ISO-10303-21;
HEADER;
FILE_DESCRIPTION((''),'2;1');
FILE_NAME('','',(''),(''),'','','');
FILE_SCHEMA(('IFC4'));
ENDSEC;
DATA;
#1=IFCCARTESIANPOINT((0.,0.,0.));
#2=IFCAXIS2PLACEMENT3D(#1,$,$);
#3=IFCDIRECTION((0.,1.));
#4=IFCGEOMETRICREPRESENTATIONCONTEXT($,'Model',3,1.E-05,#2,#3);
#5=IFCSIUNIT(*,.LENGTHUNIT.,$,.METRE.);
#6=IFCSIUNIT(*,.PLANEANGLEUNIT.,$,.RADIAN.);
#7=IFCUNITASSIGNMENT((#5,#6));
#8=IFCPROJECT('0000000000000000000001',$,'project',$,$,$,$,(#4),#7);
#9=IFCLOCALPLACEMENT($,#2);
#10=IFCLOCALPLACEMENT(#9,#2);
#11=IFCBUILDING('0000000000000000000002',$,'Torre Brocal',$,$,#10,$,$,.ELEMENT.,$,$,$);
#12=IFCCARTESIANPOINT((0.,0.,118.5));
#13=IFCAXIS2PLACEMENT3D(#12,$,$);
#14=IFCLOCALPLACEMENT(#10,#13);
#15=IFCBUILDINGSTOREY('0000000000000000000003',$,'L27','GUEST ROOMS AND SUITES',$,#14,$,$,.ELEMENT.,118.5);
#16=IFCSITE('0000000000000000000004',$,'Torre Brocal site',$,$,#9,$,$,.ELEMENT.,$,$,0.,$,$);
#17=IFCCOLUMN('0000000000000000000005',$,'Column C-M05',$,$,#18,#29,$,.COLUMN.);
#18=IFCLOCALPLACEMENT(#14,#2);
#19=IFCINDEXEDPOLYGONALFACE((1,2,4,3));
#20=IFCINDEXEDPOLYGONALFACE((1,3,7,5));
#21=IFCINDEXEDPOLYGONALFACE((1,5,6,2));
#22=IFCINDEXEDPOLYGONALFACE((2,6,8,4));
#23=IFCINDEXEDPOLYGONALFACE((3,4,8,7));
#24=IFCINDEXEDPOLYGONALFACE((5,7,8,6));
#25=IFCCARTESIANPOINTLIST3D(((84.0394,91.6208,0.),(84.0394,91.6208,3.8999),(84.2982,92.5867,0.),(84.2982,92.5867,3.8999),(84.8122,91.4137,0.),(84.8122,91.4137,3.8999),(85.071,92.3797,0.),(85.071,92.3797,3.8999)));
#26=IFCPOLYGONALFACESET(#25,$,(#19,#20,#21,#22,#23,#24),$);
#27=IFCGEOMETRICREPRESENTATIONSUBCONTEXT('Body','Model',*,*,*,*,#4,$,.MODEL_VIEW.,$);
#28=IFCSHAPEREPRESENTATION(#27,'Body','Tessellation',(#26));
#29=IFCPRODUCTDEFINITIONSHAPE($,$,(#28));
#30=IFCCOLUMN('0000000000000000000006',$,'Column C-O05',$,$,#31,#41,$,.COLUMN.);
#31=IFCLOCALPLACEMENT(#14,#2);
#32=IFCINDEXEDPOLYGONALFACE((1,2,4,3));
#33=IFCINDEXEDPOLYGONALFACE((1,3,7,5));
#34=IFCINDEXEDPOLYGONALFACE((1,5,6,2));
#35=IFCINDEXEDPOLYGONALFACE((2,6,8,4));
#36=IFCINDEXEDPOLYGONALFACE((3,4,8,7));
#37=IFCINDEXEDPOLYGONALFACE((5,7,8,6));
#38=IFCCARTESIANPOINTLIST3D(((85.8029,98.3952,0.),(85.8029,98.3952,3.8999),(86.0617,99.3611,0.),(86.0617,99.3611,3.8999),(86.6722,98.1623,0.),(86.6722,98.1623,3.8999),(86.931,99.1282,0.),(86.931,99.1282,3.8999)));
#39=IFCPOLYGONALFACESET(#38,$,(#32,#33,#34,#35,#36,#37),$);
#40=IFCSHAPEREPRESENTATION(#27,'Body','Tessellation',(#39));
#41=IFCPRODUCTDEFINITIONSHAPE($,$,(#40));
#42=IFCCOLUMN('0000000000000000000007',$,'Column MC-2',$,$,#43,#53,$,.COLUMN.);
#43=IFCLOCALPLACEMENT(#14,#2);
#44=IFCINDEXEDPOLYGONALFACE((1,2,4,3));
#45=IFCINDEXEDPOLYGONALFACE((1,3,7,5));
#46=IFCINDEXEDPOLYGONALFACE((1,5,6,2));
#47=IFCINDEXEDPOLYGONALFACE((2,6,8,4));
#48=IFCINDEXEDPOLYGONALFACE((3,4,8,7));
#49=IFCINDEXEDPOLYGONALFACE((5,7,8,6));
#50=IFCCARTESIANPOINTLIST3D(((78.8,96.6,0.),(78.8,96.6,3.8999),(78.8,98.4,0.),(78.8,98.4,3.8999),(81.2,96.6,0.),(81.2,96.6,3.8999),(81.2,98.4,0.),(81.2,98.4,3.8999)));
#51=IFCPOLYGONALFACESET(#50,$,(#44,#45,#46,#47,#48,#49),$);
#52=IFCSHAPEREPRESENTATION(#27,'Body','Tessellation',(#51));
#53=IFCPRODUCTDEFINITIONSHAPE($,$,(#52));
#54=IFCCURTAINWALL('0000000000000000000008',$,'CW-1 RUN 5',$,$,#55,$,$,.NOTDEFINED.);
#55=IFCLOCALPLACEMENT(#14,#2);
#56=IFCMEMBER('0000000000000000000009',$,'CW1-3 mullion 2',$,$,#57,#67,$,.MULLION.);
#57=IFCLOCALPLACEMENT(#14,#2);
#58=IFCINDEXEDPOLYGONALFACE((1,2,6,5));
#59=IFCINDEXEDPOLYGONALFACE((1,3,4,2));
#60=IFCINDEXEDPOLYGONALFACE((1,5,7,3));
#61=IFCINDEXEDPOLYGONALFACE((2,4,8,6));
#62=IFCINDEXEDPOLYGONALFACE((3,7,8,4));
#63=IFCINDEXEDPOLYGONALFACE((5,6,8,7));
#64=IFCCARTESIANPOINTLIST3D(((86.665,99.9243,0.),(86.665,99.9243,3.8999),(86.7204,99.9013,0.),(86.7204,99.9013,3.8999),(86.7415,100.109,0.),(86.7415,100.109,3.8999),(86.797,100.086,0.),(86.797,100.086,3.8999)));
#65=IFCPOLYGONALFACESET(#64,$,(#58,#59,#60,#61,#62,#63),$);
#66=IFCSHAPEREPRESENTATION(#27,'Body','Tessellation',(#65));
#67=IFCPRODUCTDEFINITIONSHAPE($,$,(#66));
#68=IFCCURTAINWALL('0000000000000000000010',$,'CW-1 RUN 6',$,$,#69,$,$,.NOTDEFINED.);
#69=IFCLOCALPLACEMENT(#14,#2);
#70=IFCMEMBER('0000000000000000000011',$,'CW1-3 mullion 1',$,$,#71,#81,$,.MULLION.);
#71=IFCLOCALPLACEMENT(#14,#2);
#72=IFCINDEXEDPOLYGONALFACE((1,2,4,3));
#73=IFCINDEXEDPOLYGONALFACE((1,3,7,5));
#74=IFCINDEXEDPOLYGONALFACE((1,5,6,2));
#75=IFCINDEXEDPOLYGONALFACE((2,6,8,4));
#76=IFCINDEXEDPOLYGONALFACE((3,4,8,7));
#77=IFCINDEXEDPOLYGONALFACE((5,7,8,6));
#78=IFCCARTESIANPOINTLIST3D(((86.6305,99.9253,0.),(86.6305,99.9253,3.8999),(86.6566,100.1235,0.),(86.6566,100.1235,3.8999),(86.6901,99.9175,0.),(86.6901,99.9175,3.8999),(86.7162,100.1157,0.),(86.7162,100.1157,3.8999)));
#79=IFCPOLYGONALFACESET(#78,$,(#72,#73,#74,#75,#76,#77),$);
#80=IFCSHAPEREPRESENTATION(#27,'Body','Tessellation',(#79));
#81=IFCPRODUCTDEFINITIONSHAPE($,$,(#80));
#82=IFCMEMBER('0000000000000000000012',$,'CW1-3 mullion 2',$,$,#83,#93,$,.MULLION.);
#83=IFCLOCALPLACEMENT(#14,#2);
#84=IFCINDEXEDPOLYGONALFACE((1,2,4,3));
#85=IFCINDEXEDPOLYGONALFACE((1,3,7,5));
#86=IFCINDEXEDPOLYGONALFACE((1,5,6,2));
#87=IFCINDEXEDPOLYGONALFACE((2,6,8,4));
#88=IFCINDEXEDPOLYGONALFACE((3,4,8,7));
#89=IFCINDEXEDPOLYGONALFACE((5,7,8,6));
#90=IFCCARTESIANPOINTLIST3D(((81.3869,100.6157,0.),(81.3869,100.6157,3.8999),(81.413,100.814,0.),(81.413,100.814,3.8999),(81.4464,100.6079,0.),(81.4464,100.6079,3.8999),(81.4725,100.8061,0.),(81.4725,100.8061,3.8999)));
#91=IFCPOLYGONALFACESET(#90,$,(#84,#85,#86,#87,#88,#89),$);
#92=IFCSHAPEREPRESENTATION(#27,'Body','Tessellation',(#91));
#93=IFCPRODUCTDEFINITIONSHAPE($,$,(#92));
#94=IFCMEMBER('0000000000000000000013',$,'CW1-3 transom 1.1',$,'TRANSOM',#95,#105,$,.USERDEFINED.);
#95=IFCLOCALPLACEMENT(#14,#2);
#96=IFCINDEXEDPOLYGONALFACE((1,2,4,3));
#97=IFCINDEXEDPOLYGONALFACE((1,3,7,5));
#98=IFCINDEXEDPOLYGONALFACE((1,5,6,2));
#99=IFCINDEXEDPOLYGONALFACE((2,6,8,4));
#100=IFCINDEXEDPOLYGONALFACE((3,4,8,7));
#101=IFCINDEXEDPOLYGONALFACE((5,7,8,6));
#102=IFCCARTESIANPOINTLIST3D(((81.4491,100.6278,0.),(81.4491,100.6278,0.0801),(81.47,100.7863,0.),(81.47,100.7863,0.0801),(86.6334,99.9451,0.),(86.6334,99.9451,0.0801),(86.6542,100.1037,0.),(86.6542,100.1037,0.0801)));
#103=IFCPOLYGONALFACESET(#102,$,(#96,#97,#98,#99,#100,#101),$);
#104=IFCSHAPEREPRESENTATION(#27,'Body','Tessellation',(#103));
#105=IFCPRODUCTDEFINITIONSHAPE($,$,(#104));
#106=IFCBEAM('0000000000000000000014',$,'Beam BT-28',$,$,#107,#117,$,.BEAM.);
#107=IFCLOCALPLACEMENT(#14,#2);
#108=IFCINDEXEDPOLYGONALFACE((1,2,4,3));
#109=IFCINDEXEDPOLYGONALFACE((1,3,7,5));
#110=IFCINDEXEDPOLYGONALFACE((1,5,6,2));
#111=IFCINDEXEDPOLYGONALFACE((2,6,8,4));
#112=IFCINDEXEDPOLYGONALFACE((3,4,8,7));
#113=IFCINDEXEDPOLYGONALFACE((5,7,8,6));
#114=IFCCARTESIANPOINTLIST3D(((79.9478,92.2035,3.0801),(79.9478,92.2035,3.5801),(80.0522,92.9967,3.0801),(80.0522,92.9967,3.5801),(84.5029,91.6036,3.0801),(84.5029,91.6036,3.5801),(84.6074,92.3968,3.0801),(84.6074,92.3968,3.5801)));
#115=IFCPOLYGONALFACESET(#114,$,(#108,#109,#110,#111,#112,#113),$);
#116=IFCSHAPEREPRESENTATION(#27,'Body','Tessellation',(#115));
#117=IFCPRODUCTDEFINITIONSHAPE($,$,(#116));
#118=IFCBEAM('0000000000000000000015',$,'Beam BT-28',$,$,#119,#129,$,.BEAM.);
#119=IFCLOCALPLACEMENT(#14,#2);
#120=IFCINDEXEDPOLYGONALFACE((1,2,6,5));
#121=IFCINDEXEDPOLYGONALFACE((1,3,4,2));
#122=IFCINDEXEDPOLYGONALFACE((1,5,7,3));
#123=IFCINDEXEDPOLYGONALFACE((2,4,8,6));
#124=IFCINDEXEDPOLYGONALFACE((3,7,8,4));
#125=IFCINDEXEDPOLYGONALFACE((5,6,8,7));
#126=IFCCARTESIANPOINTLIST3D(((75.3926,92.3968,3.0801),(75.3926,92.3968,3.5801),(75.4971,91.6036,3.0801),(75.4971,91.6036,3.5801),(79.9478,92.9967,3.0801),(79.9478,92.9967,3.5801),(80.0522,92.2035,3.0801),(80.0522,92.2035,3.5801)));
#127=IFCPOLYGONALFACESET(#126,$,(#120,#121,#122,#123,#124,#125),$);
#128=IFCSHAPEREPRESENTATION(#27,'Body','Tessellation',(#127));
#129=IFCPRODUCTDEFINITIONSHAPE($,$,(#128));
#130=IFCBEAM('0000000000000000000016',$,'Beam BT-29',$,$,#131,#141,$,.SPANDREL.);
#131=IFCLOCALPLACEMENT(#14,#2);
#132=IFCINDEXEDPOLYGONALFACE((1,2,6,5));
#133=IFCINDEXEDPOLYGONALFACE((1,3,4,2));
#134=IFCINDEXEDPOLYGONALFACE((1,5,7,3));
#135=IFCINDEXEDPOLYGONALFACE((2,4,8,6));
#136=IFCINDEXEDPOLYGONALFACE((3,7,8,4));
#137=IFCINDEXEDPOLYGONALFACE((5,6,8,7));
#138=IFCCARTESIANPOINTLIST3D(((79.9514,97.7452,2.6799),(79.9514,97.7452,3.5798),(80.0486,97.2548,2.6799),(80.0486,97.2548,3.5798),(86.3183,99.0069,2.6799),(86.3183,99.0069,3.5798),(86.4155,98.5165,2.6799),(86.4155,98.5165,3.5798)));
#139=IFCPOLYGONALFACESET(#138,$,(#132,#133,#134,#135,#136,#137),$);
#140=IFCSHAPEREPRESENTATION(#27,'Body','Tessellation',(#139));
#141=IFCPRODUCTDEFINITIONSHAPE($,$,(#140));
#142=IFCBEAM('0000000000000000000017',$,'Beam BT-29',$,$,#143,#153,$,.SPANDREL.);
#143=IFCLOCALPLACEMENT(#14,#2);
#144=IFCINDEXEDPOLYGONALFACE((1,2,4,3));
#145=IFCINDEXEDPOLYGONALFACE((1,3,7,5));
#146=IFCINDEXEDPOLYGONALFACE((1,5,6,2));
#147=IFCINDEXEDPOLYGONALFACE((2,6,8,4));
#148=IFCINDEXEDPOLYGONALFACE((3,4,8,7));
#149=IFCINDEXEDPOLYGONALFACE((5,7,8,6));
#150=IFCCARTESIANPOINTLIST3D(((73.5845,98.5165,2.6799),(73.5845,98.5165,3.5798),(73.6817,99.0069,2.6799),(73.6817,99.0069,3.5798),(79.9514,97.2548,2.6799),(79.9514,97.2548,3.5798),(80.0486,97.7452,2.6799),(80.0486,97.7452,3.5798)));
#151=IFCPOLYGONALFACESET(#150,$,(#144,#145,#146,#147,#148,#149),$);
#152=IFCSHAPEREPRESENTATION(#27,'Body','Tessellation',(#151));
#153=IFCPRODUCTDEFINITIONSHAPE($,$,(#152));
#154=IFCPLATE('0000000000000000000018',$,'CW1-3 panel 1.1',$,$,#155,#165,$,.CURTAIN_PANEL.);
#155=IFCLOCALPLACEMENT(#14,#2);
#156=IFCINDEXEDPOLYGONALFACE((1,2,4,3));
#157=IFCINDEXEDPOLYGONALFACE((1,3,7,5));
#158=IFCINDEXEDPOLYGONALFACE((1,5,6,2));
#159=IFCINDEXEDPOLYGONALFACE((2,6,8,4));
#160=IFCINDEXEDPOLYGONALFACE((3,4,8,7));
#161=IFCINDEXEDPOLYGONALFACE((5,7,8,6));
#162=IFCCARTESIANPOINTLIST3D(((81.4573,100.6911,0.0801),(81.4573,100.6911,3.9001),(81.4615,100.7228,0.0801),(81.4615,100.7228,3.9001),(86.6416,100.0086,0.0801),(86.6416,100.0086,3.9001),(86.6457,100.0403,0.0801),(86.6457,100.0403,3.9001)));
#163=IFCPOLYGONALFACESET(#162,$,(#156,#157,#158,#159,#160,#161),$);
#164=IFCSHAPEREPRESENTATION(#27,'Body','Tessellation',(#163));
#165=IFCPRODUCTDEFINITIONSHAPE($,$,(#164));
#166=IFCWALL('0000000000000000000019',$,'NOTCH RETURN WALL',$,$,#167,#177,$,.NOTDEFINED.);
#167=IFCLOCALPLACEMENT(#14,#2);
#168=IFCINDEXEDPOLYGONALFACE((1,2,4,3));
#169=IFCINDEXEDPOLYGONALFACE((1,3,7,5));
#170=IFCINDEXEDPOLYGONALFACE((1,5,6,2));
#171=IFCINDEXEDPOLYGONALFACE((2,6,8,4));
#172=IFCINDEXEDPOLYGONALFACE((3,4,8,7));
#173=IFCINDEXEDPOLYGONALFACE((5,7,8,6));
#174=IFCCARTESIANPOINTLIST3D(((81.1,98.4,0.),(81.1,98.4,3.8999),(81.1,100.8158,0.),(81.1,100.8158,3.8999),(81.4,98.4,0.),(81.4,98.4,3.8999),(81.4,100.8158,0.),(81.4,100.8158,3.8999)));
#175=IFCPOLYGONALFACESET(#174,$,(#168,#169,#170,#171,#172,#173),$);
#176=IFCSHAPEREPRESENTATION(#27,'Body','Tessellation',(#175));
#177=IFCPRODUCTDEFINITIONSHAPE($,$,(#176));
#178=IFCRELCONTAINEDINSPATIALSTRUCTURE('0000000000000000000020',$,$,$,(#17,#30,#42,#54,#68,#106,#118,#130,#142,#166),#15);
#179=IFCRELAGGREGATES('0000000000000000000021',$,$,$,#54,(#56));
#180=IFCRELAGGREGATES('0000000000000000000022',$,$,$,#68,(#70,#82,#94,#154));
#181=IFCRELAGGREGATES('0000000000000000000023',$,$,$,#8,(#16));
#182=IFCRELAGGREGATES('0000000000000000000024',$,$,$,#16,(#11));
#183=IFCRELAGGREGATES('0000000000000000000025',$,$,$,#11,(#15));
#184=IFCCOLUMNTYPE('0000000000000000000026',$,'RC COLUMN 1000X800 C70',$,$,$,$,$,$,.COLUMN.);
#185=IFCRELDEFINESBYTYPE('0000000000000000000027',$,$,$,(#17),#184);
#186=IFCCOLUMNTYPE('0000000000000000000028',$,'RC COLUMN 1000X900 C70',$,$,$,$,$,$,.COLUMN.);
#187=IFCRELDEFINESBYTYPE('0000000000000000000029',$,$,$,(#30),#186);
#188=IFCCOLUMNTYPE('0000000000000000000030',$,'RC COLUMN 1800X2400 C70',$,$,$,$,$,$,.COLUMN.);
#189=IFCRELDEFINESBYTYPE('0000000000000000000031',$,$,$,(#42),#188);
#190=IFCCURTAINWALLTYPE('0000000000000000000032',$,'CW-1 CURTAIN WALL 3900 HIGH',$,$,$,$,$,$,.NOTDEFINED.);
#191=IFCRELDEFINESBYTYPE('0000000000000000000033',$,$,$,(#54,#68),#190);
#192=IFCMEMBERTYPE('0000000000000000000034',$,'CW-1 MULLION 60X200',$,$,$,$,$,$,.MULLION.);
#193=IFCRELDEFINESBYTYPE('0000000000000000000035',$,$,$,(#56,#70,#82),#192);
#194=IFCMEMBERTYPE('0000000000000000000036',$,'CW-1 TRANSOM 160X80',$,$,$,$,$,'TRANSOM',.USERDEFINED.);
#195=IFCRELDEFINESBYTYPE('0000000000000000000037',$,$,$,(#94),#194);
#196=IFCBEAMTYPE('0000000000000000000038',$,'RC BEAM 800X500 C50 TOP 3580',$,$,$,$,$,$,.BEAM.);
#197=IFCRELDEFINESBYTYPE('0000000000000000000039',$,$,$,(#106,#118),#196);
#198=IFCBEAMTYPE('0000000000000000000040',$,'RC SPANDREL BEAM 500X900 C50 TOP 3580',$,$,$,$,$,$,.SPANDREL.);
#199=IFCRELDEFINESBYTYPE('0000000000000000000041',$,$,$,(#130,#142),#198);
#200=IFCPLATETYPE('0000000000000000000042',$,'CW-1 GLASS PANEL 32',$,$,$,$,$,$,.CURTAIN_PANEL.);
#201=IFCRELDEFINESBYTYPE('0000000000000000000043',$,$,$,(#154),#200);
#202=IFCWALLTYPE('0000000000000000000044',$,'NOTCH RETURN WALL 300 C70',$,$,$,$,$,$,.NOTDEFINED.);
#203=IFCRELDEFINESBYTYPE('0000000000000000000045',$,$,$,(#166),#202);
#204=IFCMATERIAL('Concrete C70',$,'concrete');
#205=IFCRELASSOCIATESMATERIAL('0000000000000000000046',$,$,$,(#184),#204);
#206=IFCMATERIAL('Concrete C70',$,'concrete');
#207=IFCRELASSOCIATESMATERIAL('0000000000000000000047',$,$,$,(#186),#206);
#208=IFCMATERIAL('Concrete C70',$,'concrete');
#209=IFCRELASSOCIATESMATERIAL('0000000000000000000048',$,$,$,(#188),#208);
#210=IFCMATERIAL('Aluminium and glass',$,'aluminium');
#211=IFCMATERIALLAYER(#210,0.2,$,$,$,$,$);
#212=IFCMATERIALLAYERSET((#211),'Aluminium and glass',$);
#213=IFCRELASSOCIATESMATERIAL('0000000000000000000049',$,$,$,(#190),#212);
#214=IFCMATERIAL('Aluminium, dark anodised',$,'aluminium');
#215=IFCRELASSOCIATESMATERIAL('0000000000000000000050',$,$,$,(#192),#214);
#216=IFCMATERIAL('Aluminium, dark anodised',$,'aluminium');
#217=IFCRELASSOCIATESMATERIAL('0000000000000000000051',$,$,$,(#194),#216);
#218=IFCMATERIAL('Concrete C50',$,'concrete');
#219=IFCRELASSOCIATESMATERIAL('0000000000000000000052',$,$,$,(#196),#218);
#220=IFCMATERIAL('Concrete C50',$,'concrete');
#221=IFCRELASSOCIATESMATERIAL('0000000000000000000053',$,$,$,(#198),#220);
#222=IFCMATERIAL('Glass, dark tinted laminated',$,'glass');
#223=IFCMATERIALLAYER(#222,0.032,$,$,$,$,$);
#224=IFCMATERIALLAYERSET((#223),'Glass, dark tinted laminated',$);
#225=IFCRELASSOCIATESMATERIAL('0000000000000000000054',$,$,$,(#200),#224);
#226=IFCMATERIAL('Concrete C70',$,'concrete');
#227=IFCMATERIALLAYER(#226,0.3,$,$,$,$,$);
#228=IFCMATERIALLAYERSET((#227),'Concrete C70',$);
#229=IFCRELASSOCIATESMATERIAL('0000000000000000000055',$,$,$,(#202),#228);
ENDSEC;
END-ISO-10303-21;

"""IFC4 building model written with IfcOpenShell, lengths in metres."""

from ifc_helpers import new_model, si_unit, direction, frame, frame_2d, origin, origin_2d, place, context, subcontext, project, spatial, rectangle, extrude, material, layer, layer_set, material_profile, profile_set, type_object, element, aggregate, save


model = new_model("IFC4")

# Units and contexts
model_context = context("Model", 3, precision=1e-05, world=origin(), true_north=direction((0.0, 1.0)))
body_context = subcontext(model_context, "Body", "Model", "MODEL_VIEW")
ifc_project = project(units=[si_unit("LENGTHUNIT", "METRE"), si_unit("PLANEANGLEUNIT", "RADIAN")], contexts=[model_context])

# Site, building, storey
site_placement = place(None, origin())
site = spatial("IfcSite", under=ifc_project, at=site_placement, Name="Torre Brocal site", CompositionType="ELEMENT", RefElevation=0.0)
building_placement = place(site_placement, origin())
building = spatial("IfcBuilding", under=site, at=building_placement, Name="Torre Brocal", CompositionType="ELEMENT")
storey_placement = place(building_placement, frame((0.0, 0.0, 118.5)))
storey = spatial("IfcBuildingStorey", under=building, at=storey_placement, Name="L27", Description="GUEST ROOMS AND SUITES", CompositionType="ELEMENT", Elevation=118.5)

# Columns
ifc_material_1 = material(Name="Concrete C70", Category="concrete")
ifc_material_profile_1 = material_profile(ifc_material_1, rectangle(XDim=1.0, YDim=0.8, at=origin_2d()), Name="RC 1000X800")
ifc_profile_set_1 = profile_set([ifc_material_profile_1], Name="Concrete C70")
column_type_1 = type_object("IfcColumnType", Name="RC COLUMN 1000X800 C70", PredefinedType="COLUMN", material=ifc_profile_set_1)
column_1_placement = place(storey_placement, frame((84.5552, 92.0002, 0.0), z_axis=(0.0, 0.0, 1.0), x_axis=(0.258819, 0.965926, 0.0)))
element("IfcColumn", 1, at=column_1_placement, inside=storey, type_object=column_type_1, Name="Column C-M05", PredefinedType="COLUMN", context=body_context, shape_type="SweptSolid", body=[
    extrude(rectangle(XDim=1.0, YDim=0.8, at=origin_2d()), origin(), (0.0, 0.0, 1.0), 3.8999),
])
ifc_material_2 = material(Name="Concrete C70", Category="concrete")
ifc_material_profile_2 = material_profile(ifc_material_2, rectangle(XDim=1.0, YDim=0.8999, at=origin_2d()), Name="RC 1000X900")
ifc_profile_set_2 = profile_set([ifc_material_profile_2], Name="Concrete C70")
column_type_2 = type_object("IfcColumnType", Name="RC COLUMN 1000X900 C70", PredefinedType="COLUMN", material=ifc_profile_set_2)
column_2_placement = place(storey_placement, frame((86.3669, 98.7617, 0.0), z_axis=(0.0, 0.0, 1.0), x_axis=(0.258819, 0.965926, 0.0)))
element("IfcColumn", 2, at=column_2_placement, inside=storey, type_object=column_type_2, Name="Column C-O05", PredefinedType="COLUMN", context=body_context, shape_type="SweptSolid", body=[
    extrude(rectangle(XDim=1.0, YDim=0.8999, at=origin_2d()), origin(), (0.0, 0.0, 1.0), 3.8999),
])
ifc_material_3 = material(Name="Concrete C70", Category="concrete")
ifc_material_profile_3 = material_profile(ifc_material_3, rectangle(XDim=1.8, YDim=2.3999, at=origin_2d()), Name="RC 1800X2400")
ifc_profile_set_3 = profile_set([ifc_material_profile_3], Name="Concrete C70")
column_type_3 = type_object("IfcColumnType", Name="RC COLUMN 1800X2400 C70", PredefinedType="COLUMN", material=ifc_profile_set_3)
column_3_placement = place(storey_placement, frame((80.0, 97.5, 0.0), z_axis=(0.0, 0.0, 1.0), x_axis=(0.0, 1.0, 0.0)))
element("IfcColumn", 3, at=column_3_placement, inside=storey, type_object=column_type_3, Name="Column MC-2", PredefinedType="COLUMN", context=body_context, shape_type="SweptSolid", body=[
    extrude(rectangle(XDim=1.8, YDim=2.3999, at=origin_2d()), origin(), (0.0, 0.0, 1.0), 3.8999),
])

# Curtain wall, member
ifc_material_4 = material(Name="Aluminium and glass", Category="aluminium")
ifc_layer_1 = layer(ifc_material_4, 0.2)
ifc_layer_set_1 = layer_set([ifc_layer_1], Name="Aluminium and glass")
curtain_wall_type = type_object("IfcCurtainWallType", Name="CW-1 CURTAIN WALL 3900 HIGH", PredefinedType="NOTDEFINED", material=ifc_layer_set_1)
curtain_wall_1_placement = place(storey_placement, origin())
curtain_wall_1 = element("IfcCurtainWall", 4, at=curtain_wall_1_placement, inside=storey, type_object=curtain_wall_type, Name="CW-1 RUN 5", PredefinedType="NOTDEFINED")
ifc_material_5 = material(Name="Aluminium, dark anodised", Category="aluminium")
ifc_material_profile_4 = material_profile(ifc_material_5, rectangle(XDim=0.2, YDim=0.0601, at=origin_2d()), Name="CW-1 MULLION 60X200")
ifc_profile_set_4 = profile_set([ifc_material_profile_4], Name="Aluminium, dark anodised")
member_type_1 = type_object("IfcMemberType", Name="CW-1 MULLION 60X200", PredefinedType="MULLION", material=ifc_profile_set_4)
member_1_placement = place(storey_placement, frame((86.731, 100.0051, 0.0), z_axis=(0.0, 0.0, 1.0), x_axis=(-0.382683, -0.92388, 0.0)))
member_1 = element("IfcMember", 5, at=member_1_placement, type_object=member_type_1, Name="CW1-3 mullion 2", PredefinedType="MULLION", context=body_context, shape_type="SweptSolid", body=[
    extrude(rectangle(XDim=0.2, YDim=0.0601, at=origin_2d()), origin(), (0.0, 0.0, 1.0), 3.8999),
])
aggregate(curtain_wall_1, [member_1])

# Curtain wall, members
curtain_wall_2_placement = place(storey_placement, origin())
curtain_wall_2 = element("IfcCurtainWall", 6, at=curtain_wall_2_placement, inside=storey, type_object=curtain_wall_type, Name="CW-1 RUN 6", PredefinedType="NOTDEFINED")
member_2_placement = place(storey_placement, frame((86.6733, 100.0205, 0.0), z_axis=(0.0, 0.0, 1.0), x_axis=(-0.130526, -0.991445, 0.0)))
member_2 = element("IfcMember", 7, at=member_2_placement, type_object=member_type_1, Name="CW1-3 mullion 1", PredefinedType="MULLION", context=body_context, shape_type="SweptSolid", body=[
    extrude(rectangle(XDim=0.2, YDim=0.0601, at=origin_2d()), origin(), (0.0, 0.0, 1.0), 3.8999),
])
member_3_placement = place(storey_placement, frame((81.4297, 100.7109, 0.0), z_axis=(0.0, 0.0, 1.0), x_axis=(-0.130526, -0.991445, 0.0)))
member_3 = element("IfcMember", 8, at=member_3_placement, type_object=member_type_1, Name="CW1-3 mullion 2", PredefinedType="MULLION", context=body_context, shape_type="SweptSolid", body=[
    extrude(rectangle(XDim=0.2, YDim=0.0601, at=origin_2d()), origin(), (0.0, 0.0, 1.0), 3.8999),
])
ifc_material_6 = material(Name="Aluminium, dark anodised", Category="aluminium")
ifc_material_profile_5 = material_profile(ifc_material_6, rectangle(XDim=0.1599, YDim=0.0801, at=origin_2d()), Name="CW-1 TRANSOM 160X80")
ifc_profile_set_5 = profile_set([ifc_material_profile_5], Name="Aluminium, dark anodised")
member_type_2 = type_object("IfcMemberType", Name="CW-1 TRANSOM 160X80", ElementType="TRANSOM", PredefinedType="USERDEFINED", material=ifc_profile_set_5)
member_4_placement = place(storey_placement, frame((86.6438, 100.0244, 0.04), z_axis=(-0.991443, 0.130543, 0.0), x_axis=(-0.130543, -0.991443, 0.0)))
member_4 = element("IfcMember", 9, at=member_4_placement, type_object=member_type_2, Name="CW1-3 transom 1.1", ObjectType="TRANSOM", PredefinedType="USERDEFINED", context=body_context, shape_type="SweptSolid", body=[
    extrude(rectangle(XDim=0.1599, YDim=0.0801, at=origin_2d()), origin(), (0.0, 0.0, 1.0), 5.229),
])

# Beams
ifc_material_7 = material(Name="Concrete C50", Category="concrete")
ifc_material_profile_6 = material_profile(ifc_material_7, rectangle(XDim=0.8, YDim=0.5, at=origin_2d()), Name="RC 800X500")
ifc_profile_set_6 = profile_set([ifc_material_profile_6], Name="Concrete C50")
beam_type_1 = type_object("IfcBeamType", Name="RC BEAM 800X500 C50 TOP 3580", PredefinedType="BEAM", material=ifc_profile_set_6)
for number, where, z_axis, x_axis, name in (
    (10, (84.5552, 92.0002, 3.3301), (-0.991441, 0.130559, 0.0), (-0.130559, -0.991441, 0.0), "Beam BT-28"),
    (11, (80.0, 92.6001, 3.3301), (-0.991441, -0.130559, 0.0), (0.130559, -0.991441, 0.0), "Beam BT-28"),
):
    element("IfcBeam", number, at=place(storey_placement, frame(where, z_axis=z_axis, x_axis=x_axis)), inside=storey, type_object=beam_type_1, Name=name, PredefinedType="BEAM", context=body_context, shape_type="SweptSolid", body=[
        extrude(rectangle(XDim=0.8, YDim=0.5, at=origin_2d()), origin(), (0.0, 0.0, 1.0), 4.5945),
    ])
ifc_material_8 = material(Name="Concrete C50", Category="concrete")
ifc_material_profile_7 = material_profile(ifc_material_8, rectangle(XDim=0.5, YDim=0.8999, at=origin_2d()), Name="RC 500X900")
ifc_profile_set_7 = profile_set([ifc_material_profile_7], Name="Concrete C50")
beam_type_2 = type_object("IfcBeamType", Name="RC SPANDREL BEAM 500X900 C50 TOP 3580", PredefinedType="SPANDREL", material=ifc_profile_set_7)
for number, where, z_axis, x_axis, name in (
    (12, (86.3669, 98.7617, 3.1299), (-0.980925, -0.194387, 0.0), (0.194387, -0.980925, 0.0), "Beam BT-29"),
    (13, (80.0, 97.5, 3.1299), (-0.980925, 0.194387, 0.0), (-0.194387, -0.980925, 0.0), "Beam BT-29"),
):
    element("IfcBeam", number, at=place(storey_placement, frame(where, z_axis=z_axis, x_axis=x_axis)), inside=storey, type_object=beam_type_2, Name=name, PredefinedType="SPANDREL", context=body_context, shape_type="SweptSolid", body=[
        extrude(rectangle(XDim=0.5, YDim=0.8999, at=origin_2d()), origin(), (0.0, 0.0, 1.0), 6.4907),
    ])

# Plate
ifc_material_9 = material(Name="Glass, dark tinted laminated", Category="glass")
ifc_layer_2 = layer(ifc_material_9, 0.032)
ifc_layer_set_2 = layer_set([ifc_layer_2], Name="Glass, dark tinted laminated")
plate_type = type_object("IfcPlateType", Name="CW-1 GLASS PANEL 32", PredefinedType="CURTAIN_PANEL", material=ifc_layer_set_2)
plate_placement = place(storey_placement, frame((84.0515, 100.3657, 0.0801), z_axis=(0.0, 0.0, 1.0), x_axis=(-0.991445, 0.130526, 0.0)))
plate = element("IfcPlate", 14, at=plate_placement, type_object=plate_type, Name="CW1-3 panel 1.1", PredefinedType="CURTAIN_PANEL", context=body_context, shape_type="SweptSolid", body=[
    extrude(rectangle(XDim=5.229, YDim=0.032, at=origin_2d()), origin(), (0.0, 0.0, 1.0), 3.8201),
])
aggregate(curtain_wall_2, [member_2, member_3, member_4, plate])

# Wall
ifc_material_10 = material(Name="Concrete C70", Category="concrete")
ifc_layer_3 = layer(ifc_material_10, 0.3)
ifc_layer_set_3 = layer_set([ifc_layer_3], Name="Concrete C70")
wall_type_1 = type_object("IfcWallType", Name="NOTCH RETURN WALL 300 C70", PredefinedType="NOTDEFINED", material=ifc_layer_set_3)
wall_1_placement = place(storey_placement, frame((81.25, 98.3999, 0.0), z_axis=(0.0, 0.0, 1.0), x_axis=(0.0, 1.0, 0.0)))
element("IfcWall", 15, at=wall_1_placement, inside=storey, type_object=wall_type_1, Name="NOTCH RETURN WALL", PredefinedType="NOTDEFINED", context=body_context, shape_type="SweptSolid", body=[
    extrude(rectangle(XDim=2.4158, YDim=0.3, at=frame_2d((1.208, 0.0))), origin(), (0.0, 0.0, 1.0), 3.8999),
])

save(model, "model.ifc")
